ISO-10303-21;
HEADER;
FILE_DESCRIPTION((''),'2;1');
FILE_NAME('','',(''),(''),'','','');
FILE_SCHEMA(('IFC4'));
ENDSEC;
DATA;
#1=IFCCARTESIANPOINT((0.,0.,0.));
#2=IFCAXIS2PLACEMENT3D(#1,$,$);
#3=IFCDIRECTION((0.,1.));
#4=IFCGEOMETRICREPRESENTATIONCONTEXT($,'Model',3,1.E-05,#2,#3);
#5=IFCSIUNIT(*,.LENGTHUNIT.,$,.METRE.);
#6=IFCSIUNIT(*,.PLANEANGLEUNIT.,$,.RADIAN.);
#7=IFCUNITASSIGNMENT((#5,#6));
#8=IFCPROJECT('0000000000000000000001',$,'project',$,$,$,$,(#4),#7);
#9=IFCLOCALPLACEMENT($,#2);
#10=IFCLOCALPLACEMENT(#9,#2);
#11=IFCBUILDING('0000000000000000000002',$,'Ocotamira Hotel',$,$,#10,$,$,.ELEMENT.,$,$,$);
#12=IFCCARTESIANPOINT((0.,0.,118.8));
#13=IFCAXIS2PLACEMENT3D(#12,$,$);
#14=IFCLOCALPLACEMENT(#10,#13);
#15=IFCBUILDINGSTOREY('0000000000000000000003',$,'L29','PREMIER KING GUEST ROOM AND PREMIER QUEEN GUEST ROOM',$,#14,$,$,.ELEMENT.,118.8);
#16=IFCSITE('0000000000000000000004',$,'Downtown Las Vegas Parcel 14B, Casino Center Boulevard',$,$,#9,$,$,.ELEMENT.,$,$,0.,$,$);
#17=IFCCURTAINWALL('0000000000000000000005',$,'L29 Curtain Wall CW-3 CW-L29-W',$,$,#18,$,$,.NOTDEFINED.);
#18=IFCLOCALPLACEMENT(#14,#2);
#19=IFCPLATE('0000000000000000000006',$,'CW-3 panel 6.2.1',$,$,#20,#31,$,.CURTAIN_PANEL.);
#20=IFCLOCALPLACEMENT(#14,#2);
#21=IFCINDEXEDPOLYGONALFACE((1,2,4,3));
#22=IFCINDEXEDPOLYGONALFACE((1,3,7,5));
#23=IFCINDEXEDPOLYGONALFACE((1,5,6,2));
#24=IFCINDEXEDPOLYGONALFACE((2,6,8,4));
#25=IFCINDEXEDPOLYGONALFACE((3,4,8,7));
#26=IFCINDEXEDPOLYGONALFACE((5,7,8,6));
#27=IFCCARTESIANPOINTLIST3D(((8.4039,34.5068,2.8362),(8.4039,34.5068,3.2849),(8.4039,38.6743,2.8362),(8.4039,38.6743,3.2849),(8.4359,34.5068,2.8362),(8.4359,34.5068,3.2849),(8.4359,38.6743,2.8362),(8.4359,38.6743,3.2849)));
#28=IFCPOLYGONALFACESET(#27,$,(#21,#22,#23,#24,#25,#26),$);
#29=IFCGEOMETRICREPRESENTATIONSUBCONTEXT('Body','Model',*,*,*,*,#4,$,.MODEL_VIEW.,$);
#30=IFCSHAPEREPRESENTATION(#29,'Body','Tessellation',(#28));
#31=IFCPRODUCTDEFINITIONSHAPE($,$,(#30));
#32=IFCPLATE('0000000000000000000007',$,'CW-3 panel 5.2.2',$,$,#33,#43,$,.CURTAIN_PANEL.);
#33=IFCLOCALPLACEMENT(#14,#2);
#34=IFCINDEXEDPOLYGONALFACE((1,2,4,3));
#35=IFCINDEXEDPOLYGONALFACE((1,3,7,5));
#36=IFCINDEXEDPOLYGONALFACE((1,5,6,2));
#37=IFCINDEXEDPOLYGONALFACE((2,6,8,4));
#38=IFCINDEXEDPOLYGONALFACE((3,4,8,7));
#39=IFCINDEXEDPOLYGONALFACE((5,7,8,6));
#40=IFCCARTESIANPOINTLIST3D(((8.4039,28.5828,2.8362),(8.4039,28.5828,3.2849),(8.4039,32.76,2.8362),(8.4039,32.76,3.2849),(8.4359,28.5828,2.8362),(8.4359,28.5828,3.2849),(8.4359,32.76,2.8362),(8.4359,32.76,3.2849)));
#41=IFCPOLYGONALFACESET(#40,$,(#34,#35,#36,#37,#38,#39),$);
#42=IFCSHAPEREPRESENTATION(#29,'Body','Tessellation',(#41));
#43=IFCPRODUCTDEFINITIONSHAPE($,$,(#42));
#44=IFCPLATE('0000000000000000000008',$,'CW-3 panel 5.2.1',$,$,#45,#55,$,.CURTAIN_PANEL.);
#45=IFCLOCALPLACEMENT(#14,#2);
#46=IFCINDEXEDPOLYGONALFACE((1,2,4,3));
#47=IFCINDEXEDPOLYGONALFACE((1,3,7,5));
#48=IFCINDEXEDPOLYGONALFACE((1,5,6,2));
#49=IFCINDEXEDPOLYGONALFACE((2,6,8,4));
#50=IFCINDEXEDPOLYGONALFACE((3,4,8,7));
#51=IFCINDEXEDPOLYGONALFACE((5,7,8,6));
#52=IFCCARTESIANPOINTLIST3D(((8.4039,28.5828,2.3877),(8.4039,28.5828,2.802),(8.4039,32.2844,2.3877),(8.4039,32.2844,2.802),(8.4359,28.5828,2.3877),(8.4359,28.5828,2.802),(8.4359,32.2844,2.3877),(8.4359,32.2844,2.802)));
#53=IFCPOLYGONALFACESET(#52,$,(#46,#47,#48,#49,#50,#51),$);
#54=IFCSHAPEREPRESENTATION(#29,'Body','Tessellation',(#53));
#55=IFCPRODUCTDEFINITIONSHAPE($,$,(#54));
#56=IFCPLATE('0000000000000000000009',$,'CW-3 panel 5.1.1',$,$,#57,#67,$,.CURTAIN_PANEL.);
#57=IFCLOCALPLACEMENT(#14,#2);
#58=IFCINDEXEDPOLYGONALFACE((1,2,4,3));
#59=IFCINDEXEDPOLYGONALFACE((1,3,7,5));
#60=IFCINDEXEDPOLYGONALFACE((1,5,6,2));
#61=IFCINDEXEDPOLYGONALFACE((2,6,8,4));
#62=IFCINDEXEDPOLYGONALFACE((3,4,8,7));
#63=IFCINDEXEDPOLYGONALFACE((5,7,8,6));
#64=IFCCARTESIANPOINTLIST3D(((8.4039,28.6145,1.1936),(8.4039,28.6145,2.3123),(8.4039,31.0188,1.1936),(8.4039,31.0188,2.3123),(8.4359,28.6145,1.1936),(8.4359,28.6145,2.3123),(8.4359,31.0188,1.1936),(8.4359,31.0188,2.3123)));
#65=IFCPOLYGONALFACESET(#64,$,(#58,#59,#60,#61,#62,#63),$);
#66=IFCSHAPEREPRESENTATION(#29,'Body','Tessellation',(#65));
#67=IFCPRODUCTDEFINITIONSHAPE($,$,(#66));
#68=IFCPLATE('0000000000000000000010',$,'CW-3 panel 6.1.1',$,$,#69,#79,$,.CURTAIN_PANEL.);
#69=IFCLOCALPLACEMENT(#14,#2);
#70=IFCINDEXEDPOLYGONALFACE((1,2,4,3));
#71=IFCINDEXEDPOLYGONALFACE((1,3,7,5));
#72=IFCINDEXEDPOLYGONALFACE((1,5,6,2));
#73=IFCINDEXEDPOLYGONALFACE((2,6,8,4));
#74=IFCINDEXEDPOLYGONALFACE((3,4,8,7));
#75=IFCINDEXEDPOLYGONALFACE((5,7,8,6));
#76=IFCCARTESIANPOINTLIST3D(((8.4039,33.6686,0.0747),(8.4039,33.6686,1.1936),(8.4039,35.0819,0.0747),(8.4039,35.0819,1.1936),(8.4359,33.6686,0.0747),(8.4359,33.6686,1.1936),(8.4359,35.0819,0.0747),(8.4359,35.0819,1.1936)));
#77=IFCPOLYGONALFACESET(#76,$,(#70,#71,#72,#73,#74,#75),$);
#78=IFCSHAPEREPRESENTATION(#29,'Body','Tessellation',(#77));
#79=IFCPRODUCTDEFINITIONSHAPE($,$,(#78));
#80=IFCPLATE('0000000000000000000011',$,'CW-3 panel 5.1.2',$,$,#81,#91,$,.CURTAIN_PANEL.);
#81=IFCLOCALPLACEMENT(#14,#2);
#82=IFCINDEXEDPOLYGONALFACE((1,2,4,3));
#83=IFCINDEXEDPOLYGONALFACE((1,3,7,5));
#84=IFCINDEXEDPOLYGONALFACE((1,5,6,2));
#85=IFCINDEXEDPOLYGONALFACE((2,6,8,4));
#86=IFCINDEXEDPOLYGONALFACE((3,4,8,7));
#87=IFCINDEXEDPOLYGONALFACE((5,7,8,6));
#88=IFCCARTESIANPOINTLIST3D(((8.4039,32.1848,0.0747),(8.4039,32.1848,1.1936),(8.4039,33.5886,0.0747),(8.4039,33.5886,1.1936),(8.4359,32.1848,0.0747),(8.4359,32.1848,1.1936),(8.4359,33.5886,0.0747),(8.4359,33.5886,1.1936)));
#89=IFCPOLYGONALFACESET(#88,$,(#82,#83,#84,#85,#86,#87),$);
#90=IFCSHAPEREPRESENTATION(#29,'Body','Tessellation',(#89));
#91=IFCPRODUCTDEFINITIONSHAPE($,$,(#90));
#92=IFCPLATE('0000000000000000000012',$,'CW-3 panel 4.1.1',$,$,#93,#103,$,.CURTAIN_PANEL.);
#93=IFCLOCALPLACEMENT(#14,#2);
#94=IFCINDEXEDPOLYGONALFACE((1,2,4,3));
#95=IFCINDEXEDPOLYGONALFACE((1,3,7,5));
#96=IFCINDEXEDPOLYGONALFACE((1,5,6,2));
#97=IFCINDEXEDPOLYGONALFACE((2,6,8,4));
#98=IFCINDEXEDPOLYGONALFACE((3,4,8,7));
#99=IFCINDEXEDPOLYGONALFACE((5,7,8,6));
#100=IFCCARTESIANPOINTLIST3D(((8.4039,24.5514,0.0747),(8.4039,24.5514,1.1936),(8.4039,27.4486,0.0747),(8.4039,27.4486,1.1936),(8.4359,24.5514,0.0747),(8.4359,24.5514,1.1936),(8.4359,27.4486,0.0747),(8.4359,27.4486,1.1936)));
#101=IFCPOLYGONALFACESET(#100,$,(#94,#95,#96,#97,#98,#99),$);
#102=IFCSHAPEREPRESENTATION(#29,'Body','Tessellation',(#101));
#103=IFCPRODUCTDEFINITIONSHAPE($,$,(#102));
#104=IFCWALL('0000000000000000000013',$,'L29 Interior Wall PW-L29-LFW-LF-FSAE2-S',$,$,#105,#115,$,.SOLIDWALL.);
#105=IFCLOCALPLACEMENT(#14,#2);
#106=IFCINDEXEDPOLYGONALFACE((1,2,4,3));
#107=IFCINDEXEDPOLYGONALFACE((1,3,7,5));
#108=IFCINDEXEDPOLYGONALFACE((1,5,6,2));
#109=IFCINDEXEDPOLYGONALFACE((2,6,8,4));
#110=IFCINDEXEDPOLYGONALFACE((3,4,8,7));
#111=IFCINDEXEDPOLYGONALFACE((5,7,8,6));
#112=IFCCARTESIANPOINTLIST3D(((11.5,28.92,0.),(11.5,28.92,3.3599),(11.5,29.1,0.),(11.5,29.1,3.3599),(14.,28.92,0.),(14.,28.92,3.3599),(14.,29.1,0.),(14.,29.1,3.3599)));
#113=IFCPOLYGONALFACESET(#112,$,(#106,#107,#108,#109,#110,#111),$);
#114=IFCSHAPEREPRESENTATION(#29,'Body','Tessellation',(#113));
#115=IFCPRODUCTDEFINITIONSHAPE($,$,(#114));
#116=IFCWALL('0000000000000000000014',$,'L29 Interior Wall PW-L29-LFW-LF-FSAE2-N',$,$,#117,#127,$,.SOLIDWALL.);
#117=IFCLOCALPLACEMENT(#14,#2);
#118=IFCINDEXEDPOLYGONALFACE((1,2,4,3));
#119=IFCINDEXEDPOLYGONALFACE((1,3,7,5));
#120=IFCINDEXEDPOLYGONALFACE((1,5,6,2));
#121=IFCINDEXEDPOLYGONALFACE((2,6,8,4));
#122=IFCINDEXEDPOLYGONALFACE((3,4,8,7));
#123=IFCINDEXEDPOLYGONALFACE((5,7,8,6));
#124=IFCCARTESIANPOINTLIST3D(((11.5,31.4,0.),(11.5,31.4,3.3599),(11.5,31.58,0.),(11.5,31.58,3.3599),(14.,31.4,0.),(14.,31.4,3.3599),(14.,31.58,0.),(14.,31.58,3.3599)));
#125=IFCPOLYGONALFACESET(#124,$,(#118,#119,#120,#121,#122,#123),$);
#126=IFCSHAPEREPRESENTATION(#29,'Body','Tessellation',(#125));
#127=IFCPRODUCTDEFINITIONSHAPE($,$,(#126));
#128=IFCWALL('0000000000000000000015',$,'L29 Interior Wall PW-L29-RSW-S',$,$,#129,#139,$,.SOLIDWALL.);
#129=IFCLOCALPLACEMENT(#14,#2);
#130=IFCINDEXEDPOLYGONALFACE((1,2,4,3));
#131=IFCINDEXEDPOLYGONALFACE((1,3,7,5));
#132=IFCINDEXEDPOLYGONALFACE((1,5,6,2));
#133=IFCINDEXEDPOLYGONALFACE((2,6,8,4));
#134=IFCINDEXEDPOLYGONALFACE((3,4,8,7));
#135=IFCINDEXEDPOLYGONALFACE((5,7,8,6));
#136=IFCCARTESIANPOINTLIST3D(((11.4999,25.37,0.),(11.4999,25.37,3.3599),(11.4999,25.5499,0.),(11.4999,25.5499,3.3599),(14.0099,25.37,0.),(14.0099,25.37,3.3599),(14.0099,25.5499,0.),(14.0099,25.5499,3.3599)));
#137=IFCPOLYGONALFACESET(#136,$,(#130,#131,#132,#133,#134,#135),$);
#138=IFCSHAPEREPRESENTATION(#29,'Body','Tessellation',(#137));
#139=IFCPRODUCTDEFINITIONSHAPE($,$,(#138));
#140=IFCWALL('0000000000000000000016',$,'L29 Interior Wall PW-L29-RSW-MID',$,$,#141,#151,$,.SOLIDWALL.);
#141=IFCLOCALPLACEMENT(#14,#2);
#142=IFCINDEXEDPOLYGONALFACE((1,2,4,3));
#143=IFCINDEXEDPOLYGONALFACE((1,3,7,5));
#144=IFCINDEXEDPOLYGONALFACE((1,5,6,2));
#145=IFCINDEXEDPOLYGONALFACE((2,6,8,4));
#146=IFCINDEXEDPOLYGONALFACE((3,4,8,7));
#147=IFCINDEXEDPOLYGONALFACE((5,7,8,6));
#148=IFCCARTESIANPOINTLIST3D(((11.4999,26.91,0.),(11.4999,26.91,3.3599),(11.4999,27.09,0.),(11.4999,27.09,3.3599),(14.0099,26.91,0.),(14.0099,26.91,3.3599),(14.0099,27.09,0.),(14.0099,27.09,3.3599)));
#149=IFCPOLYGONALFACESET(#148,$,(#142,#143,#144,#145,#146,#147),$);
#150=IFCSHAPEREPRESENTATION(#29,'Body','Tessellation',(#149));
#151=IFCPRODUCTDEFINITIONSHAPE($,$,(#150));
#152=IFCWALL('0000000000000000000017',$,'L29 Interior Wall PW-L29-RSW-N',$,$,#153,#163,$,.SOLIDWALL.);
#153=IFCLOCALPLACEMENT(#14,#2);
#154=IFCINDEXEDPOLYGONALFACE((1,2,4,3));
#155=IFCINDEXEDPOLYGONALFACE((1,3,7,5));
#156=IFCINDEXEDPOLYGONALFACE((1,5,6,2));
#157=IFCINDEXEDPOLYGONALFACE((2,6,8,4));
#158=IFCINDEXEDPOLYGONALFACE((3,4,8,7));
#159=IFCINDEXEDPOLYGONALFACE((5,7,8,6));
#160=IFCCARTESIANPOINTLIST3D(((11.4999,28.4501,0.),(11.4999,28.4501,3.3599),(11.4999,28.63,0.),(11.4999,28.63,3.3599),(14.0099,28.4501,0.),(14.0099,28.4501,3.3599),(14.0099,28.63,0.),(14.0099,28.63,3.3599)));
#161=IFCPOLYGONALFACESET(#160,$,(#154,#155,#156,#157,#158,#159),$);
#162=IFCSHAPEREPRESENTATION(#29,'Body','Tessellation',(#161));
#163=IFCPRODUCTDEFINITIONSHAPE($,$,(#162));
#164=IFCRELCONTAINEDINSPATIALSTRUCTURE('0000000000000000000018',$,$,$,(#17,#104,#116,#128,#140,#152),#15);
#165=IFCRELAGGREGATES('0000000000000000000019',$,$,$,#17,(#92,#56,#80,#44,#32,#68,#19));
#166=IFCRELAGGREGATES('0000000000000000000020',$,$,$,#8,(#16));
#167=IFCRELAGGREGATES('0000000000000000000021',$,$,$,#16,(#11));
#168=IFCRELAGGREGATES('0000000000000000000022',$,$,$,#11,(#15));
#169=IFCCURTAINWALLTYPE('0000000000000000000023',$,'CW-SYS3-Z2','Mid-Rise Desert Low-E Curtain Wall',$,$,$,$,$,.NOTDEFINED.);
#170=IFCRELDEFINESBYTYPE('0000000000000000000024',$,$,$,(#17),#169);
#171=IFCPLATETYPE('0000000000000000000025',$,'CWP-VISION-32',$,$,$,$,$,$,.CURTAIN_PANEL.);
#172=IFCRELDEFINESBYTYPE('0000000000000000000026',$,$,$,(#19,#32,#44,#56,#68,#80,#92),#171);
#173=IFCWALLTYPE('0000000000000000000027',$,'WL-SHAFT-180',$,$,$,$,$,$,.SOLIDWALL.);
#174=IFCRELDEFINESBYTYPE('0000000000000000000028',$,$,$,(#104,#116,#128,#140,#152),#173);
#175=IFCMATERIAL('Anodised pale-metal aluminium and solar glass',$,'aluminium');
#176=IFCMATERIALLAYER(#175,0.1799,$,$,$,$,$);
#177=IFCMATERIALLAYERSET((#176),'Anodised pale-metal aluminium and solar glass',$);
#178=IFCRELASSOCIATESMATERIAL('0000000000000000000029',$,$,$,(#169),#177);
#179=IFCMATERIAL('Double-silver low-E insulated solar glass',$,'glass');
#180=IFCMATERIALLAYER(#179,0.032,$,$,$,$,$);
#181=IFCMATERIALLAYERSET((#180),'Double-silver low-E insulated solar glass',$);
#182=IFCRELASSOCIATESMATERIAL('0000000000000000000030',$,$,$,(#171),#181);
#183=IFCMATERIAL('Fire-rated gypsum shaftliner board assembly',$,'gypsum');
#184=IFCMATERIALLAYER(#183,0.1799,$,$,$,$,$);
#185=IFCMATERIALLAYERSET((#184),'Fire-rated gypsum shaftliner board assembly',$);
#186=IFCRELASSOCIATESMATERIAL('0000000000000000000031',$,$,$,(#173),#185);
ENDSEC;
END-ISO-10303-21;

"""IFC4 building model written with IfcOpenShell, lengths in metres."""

from ifc_helpers import new_model, si_unit, direction, frame, frame_2d, origin, origin_2d, place, context, subcontext, project, spatial, rectangle, extrude, source, transform, mapped, material, layer, layer_set, type_object, element, aggregate, save


model = new_model("IFC4")

# Units and contexts
model_context = context("Model", 3, precision=1e-05, world=origin(), true_north=direction((0.0, 1.0)))
body_context = subcontext(model_context, "Body", "Model", "MODEL_VIEW")
ifc_project = project(units=[si_unit("LENGTHUNIT", "METRE"), si_unit("PLANEANGLEUNIT", "RADIAN")], contexts=[model_context])

# Site, building, storey
site_placement = place(None, origin())
site = spatial("IfcSite", under=ifc_project, at=site_placement, Name="Downtown Las Vegas Parcel 14B, Casino Center Boulevard", CompositionType="ELEMENT", RefElevation=0.0)
building_placement = place(site_placement, origin())
building = spatial("IfcBuilding", under=site, at=building_placement, Name="Ocotamira Hotel", CompositionType="ELEMENT")
storey_placement = place(building_placement, frame((0.0, 0.0, 118.8)))
storey = spatial("IfcBuildingStorey", under=building, at=storey_placement, Name="L29", Description="PREMIER KING GUEST ROOM AND PREMIER QUEEN GUEST ROOM", CompositionType="ELEMENT", Elevation=118.8)

# Curtain wall
ifc_material_1 = material(Name="Anodised pale-metal aluminium and solar glass", Category="aluminium")
ifc_layer_1 = layer(ifc_material_1, 0.1799)
ifc_layer_set_1 = layer_set([ifc_layer_1], Name="Anodised pale-metal aluminium and solar glass")
curtain_wall_type = type_object("IfcCurtainWallType", Name="CW-SYS3-Z2", Description="Mid-Rise Desert Low-E Curtain Wall", PredefinedType="NOTDEFINED", material=ifc_layer_set_1)
curtain_wall_placement = place(storey_placement, origin())
curtain_wall = element("IfcCurtainWall", 1, at=curtain_wall_placement, inside=storey, type_object=curtain_wall_type, Name="L29 Curtain Wall CW-3 CW-L29-W", PredefinedType="NOTDEFINED")

# Plates
ifc_material_2 = material(Name="Double-silver low-E insulated solar glass", Category="glass")
ifc_layer_2 = layer(ifc_material_2, 0.032)
ifc_layer_set_2 = layer_set([ifc_layer_2], Name="Double-silver low-E insulated solar glass")
plate_type_1 = type_object("IfcPlateType", Name="CWP-VISION-32", PredefinedType="CURTAIN_PANEL", material=ifc_layer_set_2)
shared_shape_1 = source(origin(), body_context, "Body", "SweptSolid", [
    extrude(rectangle(XDim=4.1675, YDim=0.032, at=origin_2d()), origin(), (0.0, 0.0, 1.0), 0.4487),
])
plate_1_placement = place(storey_placement, frame((8.4199, 36.5906, 2.8362), z_axis=(0.0, 0.0, 1.0), x_axis=(0.0, 1.0, 0.0)))
plate_1 = element("IfcPlate", 2, at=plate_1_placement, type_object=plate_type_1, Name="CW-3 panel 6.2.1", PredefinedType="CURTAIN_PANEL", context=body_context, shape_type="MappedRepresentation", body=[
    mapped(shared_shape_1, transform((0.0, 0.0, 0.0), scale=1.0)),
])
shared_shape_2 = source(origin(), body_context, "Body", "SweptSolid", [
    extrude(rectangle(XDim=4.1772, YDim=0.032, at=origin_2d()), origin(), (0.0, 0.0, 1.0), 0.4487),
])
plate_2_placement = place(storey_placement, frame((8.4199, 30.6714, 2.8362), z_axis=(0.0, 0.0, 1.0), x_axis=(0.0, 1.0, 0.0)))
plate_2 = element("IfcPlate", 3, at=plate_2_placement, type_object=plate_type_1, Name="CW-3 panel 5.2.2", PredefinedType="CURTAIN_PANEL", context=body_context, shape_type="MappedRepresentation", body=[
    mapped(shared_shape_2, transform((0.0, 0.0, 0.0), scale=1.0)),
])
shared_shape_3 = source(origin(), body_context, "Body", "SweptSolid", [
    extrude(rectangle(XDim=3.7017, YDim=0.032, at=origin_2d()), origin(), (0.0, 0.0, 1.0), 0.4143),
])
plate_3_placement = place(storey_placement, frame((8.4199, 30.4336, 2.3877), z_axis=(0.0, 0.0, 1.0), x_axis=(0.0, 1.0, 0.0)))
plate_3 = element("IfcPlate", 4, at=plate_3_placement, type_object=plate_type_1, Name="CW-3 panel 5.2.1", PredefinedType="CURTAIN_PANEL", context=body_context, shape_type="MappedRepresentation", body=[
    mapped(shared_shape_3, transform((0.0, 0.0, 0.0), scale=1.0)),
])
shared_shape_4 = source(origin(), body_context, "Body", "SweptSolid", [
    extrude(rectangle(XDim=2.4043, YDim=0.032, at=origin_2d()), origin(), (0.0, 0.0, 1.0), 1.1187),
])
plate_4_placement = place(storey_placement, frame((8.4199, 29.8167, 1.1936), z_axis=(0.0, 0.0, 1.0), x_axis=(0.0, 1.0, 0.0)))
plate_4 = element("IfcPlate", 5, at=plate_4_placement, type_object=plate_type_1, Name="CW-3 panel 5.1.1", PredefinedType="CURTAIN_PANEL", context=body_context, shape_type="MappedRepresentation", body=[
    mapped(shared_shape_4, transform((0.0, 0.0, 0.0), scale=1.0)),
])
shared_shape_5 = source(origin(), body_context, "Body", "SweptSolid", [
    extrude(rectangle(XDim=1.4133, YDim=0.032, at=origin_2d()), origin(), (0.0, 0.0, 1.0), 1.1189),
])
plate_5_placement = place(storey_placement, frame((8.4199, 34.3752, 0.0747), z_axis=(0.0, 0.0, 1.0), x_axis=(0.0, 1.0, 0.0)))
plate_5 = element("IfcPlate", 6, at=plate_5_placement, type_object=plate_type_1, Name="CW-3 panel 6.1.1", PredefinedType="CURTAIN_PANEL", context=body_context, shape_type="MappedRepresentation", body=[
    mapped(shared_shape_5, transform((0.0, 0.0, 0.0), scale=1.0)),
])
shared_shape_6 = source(origin(), body_context, "Body", "SweptSolid", [
    extrude(rectangle(XDim=1.4038, YDim=0.032, at=origin_2d()), origin(), (0.0, 0.0, 1.0), 1.1189),
])
plate_6_placement = place(storey_placement, frame((8.4199, 32.8867, 0.0747), z_axis=(0.0, 0.0, 1.0), x_axis=(0.0, 1.0, 0.0)))
plate_6 = element("IfcPlate", 7, at=plate_6_placement, type_object=plate_type_1, Name="CW-3 panel 5.1.2", PredefinedType="CURTAIN_PANEL", context=body_context, shape_type="MappedRepresentation", body=[
    mapped(shared_shape_6, transform((0.0, 0.0, 0.0), scale=1.0)),
])
shared_shape_7 = source(origin(), body_context, "Body", "SweptSolid", [
    extrude(rectangle(XDim=2.8972, YDim=0.032, at=origin_2d()), origin(), (0.0, 0.0, 1.0), 1.1189),
])
plate_7_placement = place(storey_placement, frame((8.4199, 26.0, 0.0747), z_axis=(0.0, 0.0, 1.0), x_axis=(0.0, 1.0, 0.0)))
plate_7 = element("IfcPlate", 8, at=plate_7_placement, type_object=plate_type_1, Name="CW-3 panel 4.1.1", PredefinedType="CURTAIN_PANEL", context=body_context, shape_type="MappedRepresentation", body=[
    mapped(shared_shape_7, transform((0.0, 0.0, 0.0), scale=1.0)),
])
aggregate(curtain_wall, [plate_7, plate_4, plate_6, plate_3, plate_2, plate_5, plate_1])

# Walls
ifc_material_3 = material(Name="Fire-rated gypsum shaftliner board assembly", Category="gypsum")
ifc_layer_3 = layer(ifc_material_3, 0.1799)
ifc_layer_set_3 = layer_set([ifc_layer_3], Name="Fire-rated gypsum shaftliner board assembly")
wall_type_1 = type_object("IfcWallType", Name="WL-SHAFT-180", PredefinedType="SOLIDWALL", material=ifc_layer_set_3)
for number, where, z_axis, x_axis, name in (
    (9, (11.5, 29.01, 0.0), (0.0, 0.0, 1.0), (1.0, 0.0, 0.0), "L29 Interior Wall PW-L29-LFW-LF-FSAE2-S"),
    (10, (11.5, 31.49, 0.0), (0.0, 0.0, 1.0), (1.0, 0.0, 0.0), "L29 Interior Wall PW-L29-LFW-LF-FSAE2-N"),
):
    element("IfcWall", number, at=place(storey_placement, frame(where, z_axis=z_axis, x_axis=x_axis)), inside=storey, type_object=wall_type_1, Name=name, PredefinedType="SOLIDWALL", context=body_context, shape_type="SweptSolid", body=[
        extrude(rectangle(XDim=2.5, YDim=0.1799, at=frame_2d((1.25, 0.0))), origin(), (0.0, 0.0, 1.0), 3.3599),
    ])
for number, where, z_axis, x_axis, name in (
    (11, (11.5, 25.46, 0.0), (0.0, 0.0, 1.0), (1.0, 0.0, 0.0), "L29 Interior Wall PW-L29-RSW-S"),
    (12, (11.5, 27.0, 0.0), (0.0, 0.0, 1.0), (1.0, 0.0, 0.0), "L29 Interior Wall PW-L29-RSW-MID"),
    (13, (11.5, 28.54, 0.0), (0.0, 0.0, 1.0), (1.0, 0.0, 0.0), "L29 Interior Wall PW-L29-RSW-N"),
):
    element("IfcWall", number, at=place(storey_placement, frame(where, z_axis=z_axis, x_axis=x_axis)), inside=storey, type_object=wall_type_1, Name=name, PredefinedType="SOLIDWALL", context=body_context, shape_type="SweptSolid", body=[
        extrude(rectangle(XDim=2.51, YDim=0.1799, at=frame_2d((1.2549, 0.0))), origin(), (0.0, 0.0, 1.0), 3.3599),
    ])

save(model, "model.ifc")
